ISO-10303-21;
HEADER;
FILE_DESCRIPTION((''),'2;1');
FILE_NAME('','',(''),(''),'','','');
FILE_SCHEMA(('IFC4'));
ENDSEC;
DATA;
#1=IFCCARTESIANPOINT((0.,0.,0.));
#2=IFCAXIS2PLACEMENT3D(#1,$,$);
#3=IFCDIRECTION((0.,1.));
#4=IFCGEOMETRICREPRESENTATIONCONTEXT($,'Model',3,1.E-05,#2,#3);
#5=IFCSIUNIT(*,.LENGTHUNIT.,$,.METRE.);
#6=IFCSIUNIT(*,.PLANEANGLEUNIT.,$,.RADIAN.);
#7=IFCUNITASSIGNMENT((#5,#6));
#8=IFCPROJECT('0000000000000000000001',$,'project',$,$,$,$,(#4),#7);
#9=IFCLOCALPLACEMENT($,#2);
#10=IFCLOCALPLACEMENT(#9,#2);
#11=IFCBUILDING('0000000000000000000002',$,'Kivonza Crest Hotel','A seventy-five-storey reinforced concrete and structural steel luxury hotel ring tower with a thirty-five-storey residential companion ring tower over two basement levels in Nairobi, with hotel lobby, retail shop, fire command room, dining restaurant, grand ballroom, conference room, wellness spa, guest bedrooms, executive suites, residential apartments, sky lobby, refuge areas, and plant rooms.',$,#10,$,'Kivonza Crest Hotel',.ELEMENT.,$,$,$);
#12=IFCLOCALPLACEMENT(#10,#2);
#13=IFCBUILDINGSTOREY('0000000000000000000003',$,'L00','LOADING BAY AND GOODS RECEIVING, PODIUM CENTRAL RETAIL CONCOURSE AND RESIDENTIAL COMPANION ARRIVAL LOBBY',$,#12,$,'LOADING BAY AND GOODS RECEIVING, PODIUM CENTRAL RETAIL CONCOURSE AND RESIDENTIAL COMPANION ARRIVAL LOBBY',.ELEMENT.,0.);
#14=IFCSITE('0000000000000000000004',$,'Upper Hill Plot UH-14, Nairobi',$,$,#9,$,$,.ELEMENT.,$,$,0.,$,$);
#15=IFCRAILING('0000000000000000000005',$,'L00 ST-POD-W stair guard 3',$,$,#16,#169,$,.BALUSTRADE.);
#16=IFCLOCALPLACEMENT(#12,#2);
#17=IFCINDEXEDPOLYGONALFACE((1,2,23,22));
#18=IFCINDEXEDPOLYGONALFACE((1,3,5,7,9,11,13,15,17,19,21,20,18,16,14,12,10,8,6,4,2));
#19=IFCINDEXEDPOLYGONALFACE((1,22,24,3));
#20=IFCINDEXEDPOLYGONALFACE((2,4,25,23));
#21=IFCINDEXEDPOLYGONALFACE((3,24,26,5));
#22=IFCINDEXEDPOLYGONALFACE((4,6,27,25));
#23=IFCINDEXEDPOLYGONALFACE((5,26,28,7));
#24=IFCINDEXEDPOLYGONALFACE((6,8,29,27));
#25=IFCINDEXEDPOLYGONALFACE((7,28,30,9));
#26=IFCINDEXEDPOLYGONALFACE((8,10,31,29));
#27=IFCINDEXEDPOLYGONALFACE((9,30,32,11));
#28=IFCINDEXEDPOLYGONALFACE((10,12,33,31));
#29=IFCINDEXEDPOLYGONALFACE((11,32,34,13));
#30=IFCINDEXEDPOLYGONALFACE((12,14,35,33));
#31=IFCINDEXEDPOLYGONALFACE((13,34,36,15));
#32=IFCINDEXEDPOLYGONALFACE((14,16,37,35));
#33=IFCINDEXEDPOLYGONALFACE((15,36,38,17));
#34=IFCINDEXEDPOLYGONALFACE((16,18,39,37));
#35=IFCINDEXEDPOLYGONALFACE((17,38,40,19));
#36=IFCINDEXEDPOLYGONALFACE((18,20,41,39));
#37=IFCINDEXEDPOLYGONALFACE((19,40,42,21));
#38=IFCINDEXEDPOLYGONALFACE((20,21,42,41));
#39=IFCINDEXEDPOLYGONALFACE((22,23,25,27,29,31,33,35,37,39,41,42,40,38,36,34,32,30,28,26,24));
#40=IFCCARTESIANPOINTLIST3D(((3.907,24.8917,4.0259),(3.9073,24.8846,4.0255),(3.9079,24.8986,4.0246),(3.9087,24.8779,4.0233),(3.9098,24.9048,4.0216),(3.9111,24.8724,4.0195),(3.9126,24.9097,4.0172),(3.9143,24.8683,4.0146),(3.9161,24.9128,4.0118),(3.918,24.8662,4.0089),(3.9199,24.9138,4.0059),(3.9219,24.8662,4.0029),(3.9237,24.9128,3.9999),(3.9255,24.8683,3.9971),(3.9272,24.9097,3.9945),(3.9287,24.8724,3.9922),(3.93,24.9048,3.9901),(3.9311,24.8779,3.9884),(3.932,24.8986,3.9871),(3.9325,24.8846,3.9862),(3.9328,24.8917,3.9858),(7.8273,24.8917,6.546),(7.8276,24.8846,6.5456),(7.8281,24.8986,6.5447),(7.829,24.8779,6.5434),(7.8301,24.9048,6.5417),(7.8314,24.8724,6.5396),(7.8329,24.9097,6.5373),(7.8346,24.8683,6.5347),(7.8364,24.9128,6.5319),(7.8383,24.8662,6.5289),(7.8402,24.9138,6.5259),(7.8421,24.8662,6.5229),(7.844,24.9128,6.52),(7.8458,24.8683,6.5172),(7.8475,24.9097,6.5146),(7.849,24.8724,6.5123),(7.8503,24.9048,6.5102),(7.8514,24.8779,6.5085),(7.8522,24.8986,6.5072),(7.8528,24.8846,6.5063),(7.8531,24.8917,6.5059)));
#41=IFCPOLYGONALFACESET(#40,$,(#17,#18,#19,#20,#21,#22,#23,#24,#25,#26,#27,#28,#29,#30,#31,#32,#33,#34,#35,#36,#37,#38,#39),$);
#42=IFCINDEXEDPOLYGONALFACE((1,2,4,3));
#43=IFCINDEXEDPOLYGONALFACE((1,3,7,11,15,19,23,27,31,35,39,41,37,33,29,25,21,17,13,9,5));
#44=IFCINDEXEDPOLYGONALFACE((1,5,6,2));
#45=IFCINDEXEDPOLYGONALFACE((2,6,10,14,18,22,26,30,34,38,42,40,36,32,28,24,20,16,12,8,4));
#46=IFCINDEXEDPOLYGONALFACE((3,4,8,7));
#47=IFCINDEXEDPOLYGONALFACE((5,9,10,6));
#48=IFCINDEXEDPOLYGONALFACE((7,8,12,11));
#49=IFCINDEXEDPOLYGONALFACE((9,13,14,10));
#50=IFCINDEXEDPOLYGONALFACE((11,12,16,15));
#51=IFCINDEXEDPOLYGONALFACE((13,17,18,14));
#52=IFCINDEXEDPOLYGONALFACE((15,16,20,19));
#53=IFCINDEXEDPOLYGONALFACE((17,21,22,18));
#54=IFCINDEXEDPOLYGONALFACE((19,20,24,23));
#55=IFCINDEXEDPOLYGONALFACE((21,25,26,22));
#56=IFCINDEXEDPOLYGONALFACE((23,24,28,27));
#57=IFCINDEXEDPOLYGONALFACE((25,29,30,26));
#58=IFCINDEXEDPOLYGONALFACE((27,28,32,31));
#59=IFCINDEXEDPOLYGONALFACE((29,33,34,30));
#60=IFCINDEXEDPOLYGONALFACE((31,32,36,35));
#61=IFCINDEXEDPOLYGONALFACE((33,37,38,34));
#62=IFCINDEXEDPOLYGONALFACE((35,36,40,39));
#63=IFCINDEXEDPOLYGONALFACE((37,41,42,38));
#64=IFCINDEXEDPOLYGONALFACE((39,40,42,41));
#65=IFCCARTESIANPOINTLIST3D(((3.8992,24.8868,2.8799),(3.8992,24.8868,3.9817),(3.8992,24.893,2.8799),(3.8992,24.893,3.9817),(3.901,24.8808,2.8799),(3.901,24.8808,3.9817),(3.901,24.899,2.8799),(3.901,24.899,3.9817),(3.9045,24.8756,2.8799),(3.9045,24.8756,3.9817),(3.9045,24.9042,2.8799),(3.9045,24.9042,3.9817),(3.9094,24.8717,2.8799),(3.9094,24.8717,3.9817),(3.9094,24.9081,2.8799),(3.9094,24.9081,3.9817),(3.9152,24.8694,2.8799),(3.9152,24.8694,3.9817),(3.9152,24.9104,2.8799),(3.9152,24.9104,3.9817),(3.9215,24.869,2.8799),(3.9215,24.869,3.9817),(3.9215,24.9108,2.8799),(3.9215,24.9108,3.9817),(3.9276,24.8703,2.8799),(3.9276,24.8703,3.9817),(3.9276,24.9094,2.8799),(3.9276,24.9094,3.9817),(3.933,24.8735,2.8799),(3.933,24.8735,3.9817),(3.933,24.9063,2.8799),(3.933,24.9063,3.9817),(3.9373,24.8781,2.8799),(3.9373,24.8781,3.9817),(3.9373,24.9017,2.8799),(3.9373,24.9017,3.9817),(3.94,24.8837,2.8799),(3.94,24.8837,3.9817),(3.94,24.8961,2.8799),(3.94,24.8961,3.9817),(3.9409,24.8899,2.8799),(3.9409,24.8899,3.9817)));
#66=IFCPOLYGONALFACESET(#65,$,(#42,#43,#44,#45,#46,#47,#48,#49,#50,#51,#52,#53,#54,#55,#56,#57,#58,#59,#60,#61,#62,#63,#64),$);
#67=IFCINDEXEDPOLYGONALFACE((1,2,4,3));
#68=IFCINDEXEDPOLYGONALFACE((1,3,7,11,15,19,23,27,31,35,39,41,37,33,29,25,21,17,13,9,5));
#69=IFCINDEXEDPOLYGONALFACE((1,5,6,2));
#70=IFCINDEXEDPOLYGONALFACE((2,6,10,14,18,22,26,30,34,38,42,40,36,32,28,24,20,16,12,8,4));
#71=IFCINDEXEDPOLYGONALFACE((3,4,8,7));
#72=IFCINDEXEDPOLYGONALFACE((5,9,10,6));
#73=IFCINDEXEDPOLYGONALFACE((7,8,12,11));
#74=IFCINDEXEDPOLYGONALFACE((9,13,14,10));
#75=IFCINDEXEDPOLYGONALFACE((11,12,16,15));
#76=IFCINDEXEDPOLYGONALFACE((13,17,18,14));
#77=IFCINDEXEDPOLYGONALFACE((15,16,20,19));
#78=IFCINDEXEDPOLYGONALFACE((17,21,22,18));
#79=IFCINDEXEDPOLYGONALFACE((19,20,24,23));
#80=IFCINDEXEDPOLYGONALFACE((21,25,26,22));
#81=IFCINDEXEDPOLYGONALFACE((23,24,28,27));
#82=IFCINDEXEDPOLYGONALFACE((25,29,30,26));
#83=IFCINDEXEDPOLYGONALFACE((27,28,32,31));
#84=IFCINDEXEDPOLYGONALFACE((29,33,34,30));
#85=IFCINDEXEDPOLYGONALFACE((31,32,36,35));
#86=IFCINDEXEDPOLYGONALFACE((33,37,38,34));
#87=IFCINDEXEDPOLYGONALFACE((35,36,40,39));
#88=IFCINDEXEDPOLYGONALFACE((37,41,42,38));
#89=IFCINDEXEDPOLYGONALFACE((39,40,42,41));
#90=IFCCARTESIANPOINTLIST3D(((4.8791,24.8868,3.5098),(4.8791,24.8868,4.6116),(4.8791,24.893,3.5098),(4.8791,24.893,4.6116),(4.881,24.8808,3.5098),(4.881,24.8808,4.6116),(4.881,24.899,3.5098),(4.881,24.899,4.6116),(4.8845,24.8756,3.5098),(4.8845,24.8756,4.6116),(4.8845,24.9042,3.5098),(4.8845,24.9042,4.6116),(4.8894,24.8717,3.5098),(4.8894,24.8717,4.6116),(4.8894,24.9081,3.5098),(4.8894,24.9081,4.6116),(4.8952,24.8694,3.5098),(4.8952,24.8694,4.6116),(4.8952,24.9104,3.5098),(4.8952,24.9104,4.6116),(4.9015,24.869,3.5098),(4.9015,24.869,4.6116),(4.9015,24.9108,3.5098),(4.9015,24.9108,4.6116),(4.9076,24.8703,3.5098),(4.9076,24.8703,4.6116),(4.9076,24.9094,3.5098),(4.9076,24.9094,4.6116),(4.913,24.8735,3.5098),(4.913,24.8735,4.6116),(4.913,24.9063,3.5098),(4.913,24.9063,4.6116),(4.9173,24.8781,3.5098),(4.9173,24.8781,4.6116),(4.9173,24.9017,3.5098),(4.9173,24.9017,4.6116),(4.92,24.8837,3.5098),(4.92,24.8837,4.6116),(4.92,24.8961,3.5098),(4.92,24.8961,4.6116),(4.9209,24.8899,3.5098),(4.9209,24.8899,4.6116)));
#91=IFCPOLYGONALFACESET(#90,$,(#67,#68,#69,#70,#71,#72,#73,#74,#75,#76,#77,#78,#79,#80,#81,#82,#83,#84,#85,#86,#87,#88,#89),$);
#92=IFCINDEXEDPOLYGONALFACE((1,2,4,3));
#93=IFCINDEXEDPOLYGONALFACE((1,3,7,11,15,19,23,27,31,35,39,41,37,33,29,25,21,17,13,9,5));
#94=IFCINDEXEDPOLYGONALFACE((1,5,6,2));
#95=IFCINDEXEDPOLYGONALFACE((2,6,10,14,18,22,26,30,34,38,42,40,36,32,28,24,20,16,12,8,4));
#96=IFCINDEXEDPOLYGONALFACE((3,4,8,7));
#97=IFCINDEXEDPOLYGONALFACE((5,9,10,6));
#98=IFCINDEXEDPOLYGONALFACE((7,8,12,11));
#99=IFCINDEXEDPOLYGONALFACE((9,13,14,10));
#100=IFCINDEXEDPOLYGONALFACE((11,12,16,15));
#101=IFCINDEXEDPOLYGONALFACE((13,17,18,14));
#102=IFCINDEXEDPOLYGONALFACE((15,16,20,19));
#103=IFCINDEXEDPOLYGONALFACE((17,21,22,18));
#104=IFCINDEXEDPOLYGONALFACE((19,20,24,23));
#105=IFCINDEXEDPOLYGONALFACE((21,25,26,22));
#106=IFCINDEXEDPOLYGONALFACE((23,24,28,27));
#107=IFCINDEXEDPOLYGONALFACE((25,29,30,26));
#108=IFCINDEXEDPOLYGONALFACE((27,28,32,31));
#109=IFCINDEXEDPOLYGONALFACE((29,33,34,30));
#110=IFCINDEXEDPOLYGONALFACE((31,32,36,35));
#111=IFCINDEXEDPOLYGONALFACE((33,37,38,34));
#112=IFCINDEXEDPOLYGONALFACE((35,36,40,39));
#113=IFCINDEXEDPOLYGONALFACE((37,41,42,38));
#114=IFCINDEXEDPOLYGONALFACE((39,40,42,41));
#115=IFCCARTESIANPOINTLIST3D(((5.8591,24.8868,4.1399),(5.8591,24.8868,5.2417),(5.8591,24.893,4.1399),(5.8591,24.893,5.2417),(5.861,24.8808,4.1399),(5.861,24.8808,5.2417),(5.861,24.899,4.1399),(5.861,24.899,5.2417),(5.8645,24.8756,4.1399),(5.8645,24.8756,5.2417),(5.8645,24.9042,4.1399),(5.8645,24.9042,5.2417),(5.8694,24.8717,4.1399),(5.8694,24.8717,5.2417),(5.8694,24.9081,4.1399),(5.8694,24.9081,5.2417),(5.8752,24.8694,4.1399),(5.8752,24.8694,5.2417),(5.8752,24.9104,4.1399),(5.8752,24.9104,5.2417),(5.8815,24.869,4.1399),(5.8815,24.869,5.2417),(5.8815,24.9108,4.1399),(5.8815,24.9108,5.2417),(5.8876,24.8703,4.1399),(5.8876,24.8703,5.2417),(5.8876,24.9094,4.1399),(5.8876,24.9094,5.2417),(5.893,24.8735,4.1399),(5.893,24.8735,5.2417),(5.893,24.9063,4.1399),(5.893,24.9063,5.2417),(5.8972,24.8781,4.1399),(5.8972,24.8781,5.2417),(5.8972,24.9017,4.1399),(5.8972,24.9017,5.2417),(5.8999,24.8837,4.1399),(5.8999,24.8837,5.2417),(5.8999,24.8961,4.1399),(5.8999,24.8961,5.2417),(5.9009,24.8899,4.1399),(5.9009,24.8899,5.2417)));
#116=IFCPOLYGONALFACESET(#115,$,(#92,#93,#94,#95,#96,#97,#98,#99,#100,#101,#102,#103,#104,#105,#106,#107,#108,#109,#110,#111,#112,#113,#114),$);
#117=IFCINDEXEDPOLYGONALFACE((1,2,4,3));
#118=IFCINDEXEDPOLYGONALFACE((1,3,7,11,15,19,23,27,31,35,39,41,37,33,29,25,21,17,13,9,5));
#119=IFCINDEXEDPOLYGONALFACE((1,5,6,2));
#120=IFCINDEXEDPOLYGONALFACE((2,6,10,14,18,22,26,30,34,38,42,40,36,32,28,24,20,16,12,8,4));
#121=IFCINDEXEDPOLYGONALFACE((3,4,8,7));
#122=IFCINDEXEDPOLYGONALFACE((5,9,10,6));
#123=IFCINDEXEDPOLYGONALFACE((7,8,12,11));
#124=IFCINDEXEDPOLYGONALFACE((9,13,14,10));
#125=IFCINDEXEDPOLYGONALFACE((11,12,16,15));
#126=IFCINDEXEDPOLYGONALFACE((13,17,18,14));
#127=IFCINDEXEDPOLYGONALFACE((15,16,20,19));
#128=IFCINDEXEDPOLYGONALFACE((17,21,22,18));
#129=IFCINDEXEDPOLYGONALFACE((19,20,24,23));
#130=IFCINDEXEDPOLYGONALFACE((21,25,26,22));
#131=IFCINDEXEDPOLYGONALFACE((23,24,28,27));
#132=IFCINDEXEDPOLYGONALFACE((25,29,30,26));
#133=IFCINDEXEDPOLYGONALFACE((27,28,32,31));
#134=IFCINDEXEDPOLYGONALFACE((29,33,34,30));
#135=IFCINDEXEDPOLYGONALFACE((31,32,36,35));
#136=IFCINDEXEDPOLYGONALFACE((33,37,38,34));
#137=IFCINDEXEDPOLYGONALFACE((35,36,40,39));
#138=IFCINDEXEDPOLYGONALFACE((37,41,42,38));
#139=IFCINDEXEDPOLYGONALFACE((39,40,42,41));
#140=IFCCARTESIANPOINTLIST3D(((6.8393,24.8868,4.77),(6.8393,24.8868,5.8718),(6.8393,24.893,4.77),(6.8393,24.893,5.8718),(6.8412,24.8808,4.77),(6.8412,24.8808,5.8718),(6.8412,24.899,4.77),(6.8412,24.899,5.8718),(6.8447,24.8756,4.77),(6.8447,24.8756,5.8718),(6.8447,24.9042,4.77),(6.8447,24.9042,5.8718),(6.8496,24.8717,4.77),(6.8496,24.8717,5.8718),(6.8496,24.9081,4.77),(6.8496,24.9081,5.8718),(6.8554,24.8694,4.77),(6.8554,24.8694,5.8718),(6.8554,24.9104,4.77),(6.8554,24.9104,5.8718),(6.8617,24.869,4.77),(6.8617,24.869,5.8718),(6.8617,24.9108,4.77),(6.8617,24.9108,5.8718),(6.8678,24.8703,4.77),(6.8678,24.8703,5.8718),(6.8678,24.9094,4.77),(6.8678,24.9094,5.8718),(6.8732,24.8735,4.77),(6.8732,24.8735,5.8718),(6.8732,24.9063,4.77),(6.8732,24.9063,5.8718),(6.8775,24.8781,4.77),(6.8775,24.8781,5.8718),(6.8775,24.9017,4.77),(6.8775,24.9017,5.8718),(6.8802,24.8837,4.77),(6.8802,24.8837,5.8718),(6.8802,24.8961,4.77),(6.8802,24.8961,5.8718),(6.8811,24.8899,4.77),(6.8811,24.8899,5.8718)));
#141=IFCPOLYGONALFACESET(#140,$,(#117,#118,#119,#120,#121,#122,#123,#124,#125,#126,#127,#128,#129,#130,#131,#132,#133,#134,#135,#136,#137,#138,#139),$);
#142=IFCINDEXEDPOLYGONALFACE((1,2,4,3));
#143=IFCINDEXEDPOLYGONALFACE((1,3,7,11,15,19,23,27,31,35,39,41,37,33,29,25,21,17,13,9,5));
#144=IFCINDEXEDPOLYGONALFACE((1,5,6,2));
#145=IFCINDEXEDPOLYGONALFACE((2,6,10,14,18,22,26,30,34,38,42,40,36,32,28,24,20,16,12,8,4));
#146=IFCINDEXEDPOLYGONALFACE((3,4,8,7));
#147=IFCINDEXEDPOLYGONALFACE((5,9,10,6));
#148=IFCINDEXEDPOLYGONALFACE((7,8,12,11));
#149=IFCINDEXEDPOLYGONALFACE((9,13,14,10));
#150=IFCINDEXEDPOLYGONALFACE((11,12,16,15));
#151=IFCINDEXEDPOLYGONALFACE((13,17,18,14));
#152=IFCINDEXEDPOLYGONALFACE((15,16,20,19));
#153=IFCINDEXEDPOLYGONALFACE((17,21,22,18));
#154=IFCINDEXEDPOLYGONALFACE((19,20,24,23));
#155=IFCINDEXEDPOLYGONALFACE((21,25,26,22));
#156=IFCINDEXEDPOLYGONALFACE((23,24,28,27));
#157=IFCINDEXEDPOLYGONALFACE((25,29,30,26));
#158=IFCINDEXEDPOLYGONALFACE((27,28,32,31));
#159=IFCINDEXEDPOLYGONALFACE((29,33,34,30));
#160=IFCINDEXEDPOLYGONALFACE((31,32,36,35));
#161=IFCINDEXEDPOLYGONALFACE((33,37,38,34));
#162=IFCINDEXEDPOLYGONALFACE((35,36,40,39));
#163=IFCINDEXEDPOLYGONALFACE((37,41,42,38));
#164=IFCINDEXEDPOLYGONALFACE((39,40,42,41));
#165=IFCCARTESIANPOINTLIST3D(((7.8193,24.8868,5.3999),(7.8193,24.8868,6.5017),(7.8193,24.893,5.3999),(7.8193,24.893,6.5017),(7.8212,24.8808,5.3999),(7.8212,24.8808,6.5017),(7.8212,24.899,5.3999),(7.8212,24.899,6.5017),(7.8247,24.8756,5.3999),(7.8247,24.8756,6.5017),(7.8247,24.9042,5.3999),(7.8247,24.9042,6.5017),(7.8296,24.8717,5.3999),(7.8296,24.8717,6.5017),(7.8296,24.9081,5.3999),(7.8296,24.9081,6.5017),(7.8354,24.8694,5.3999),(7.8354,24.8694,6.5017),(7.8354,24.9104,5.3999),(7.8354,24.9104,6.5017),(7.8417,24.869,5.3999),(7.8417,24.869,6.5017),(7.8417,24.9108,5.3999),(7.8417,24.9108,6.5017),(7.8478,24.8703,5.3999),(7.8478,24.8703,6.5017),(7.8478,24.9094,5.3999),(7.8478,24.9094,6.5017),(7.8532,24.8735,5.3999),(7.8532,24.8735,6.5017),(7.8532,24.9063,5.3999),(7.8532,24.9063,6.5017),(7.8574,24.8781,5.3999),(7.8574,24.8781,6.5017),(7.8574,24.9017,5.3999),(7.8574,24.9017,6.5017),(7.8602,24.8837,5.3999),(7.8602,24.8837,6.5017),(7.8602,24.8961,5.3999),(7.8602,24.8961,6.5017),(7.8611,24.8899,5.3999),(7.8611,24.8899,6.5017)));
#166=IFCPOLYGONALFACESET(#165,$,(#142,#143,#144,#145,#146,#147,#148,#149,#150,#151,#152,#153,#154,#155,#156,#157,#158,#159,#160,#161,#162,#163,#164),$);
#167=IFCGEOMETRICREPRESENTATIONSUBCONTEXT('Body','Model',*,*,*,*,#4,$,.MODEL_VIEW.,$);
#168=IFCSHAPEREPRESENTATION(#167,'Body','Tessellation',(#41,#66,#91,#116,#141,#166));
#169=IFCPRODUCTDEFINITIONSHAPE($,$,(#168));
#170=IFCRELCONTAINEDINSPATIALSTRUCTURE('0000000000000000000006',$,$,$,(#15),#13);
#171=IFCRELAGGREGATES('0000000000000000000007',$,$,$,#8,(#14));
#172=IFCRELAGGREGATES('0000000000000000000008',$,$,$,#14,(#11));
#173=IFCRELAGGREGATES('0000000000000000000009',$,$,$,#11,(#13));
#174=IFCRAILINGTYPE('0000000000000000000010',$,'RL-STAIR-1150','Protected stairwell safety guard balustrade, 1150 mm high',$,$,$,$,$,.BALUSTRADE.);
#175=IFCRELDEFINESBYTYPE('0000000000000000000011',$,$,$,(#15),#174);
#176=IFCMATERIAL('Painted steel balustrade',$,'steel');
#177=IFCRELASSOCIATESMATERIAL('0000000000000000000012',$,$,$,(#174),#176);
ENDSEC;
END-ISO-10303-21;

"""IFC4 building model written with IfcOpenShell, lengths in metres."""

from ifc_helpers import new_model, si_unit, direction, frame, origin, origin_2d, place, context, subcontext, project, spatial, circle, extrude, material, type_object, element, save


model = new_model("IFC4")

# Units and contexts
model_context = context("Model", 3, precision=1e-05, world=origin(), true_north=direction((0.0, 1.0)))
body_context = subcontext(model_context, "Body", "Model", "MODEL_VIEW")
ifc_project = project(units=[si_unit("LENGTHUNIT", "METRE"), si_unit("PLANEANGLEUNIT", "RADIAN")], contexts=[model_context])

# Site, building, storey
site_placement = place(None, origin())
site = spatial("IfcSite", under=ifc_project, at=site_placement, Name="Upper Hill Plot UH-14, Nairobi", CompositionType="ELEMENT", RefElevation=0.0)
building_placement = place(site_placement, origin())
building = spatial("IfcBuilding", under=site, at=building_placement, Name="Kivonza Crest Hotel", Description="A seventy-five-storey reinforced concrete and structural steel luxury hotel ring tower with a thirty-five-storey residential companion ring tower over two basement levels in Nairobi, with hotel lobby, retail shop, fire command room, dining restaurant, grand ballroom, conference room, wellness spa, guest bedrooms, executive suites, residential apartments, sky lobby, refuge areas, and plant rooms.", LongName="Kivonza Crest Hotel", CompositionType="ELEMENT")
storey_placement = place(building_placement, origin())
storey = spatial("IfcBuildingStorey", under=building, at=storey_placement, Name="L00", Description="LOADING BAY AND GOODS RECEIVING, PODIUM CENTRAL RETAIL CONCOURSE AND RESIDENTIAL COMPANION ARRIVAL LOBBY", LongName="LOADING BAY AND GOODS RECEIVING, PODIUM CENTRAL RETAIL CONCOURSE AND RESIDENTIAL COMPANION ARRIVAL LOBBY", CompositionType="ELEMENT", Elevation=0.0)

# Railing
ifc_material_1 = material(Name="Painted steel balustrade", Category="steel")
railing_type_1 = type_object("IfcRailingType", Name="RL-STAIR-1150", Description="Protected stairwell safety guard balustrade, 1150 mm high", PredefinedType="BALUSTRADE", material=ifc_material_1)
railing_1_placement = place(storey_placement, frame((3.9199, 24.8899, 2.8799)))
element("IfcRailing", 1, at=railing_1_placement, inside=storey, type_object=railing_type_1, Name="L00 ST-POD-W stair guard 3", PredefinedType="BALUSTRADE", context=body_context, shape_type="SweptSolid", body=[
    extrude(circle(Radius=0.0239, at=origin_2d()), frame((0.0, 0.0, 1.126), z_axis=(0.841187, 0.0, 0.540744), x_axis=(0.0, 1.0, 0.0)), (0.0, 0.0, 1.0), 4.6604),
    extrude(circle(Radius=0.021, at=origin_2d()), origin(), (0.0, 0.0, 1.0), 1.1018),
    extrude(circle(Radius=0.021, at=origin_2d()), frame((0.98, 0.0, 0.6299)), (0.0, 0.0, 1.0), 1.1018),
    extrude(circle(Radius=0.021, at=origin_2d()), frame((1.96, 0.0, 1.26)), (0.0, 0.0, 1.0), 1.1018),
    extrude(circle(Radius=0.021, at=origin_2d()), frame((2.9402, 0.0, 1.8901)), (0.0, 0.0, 1.0), 1.1018),
    extrude(circle(Radius=0.021, at=origin_2d()), frame((3.9202, 0.0, 2.52)), (0.0, 0.0, 1.0), 1.1018),
])

save(model, "model.ifc")
